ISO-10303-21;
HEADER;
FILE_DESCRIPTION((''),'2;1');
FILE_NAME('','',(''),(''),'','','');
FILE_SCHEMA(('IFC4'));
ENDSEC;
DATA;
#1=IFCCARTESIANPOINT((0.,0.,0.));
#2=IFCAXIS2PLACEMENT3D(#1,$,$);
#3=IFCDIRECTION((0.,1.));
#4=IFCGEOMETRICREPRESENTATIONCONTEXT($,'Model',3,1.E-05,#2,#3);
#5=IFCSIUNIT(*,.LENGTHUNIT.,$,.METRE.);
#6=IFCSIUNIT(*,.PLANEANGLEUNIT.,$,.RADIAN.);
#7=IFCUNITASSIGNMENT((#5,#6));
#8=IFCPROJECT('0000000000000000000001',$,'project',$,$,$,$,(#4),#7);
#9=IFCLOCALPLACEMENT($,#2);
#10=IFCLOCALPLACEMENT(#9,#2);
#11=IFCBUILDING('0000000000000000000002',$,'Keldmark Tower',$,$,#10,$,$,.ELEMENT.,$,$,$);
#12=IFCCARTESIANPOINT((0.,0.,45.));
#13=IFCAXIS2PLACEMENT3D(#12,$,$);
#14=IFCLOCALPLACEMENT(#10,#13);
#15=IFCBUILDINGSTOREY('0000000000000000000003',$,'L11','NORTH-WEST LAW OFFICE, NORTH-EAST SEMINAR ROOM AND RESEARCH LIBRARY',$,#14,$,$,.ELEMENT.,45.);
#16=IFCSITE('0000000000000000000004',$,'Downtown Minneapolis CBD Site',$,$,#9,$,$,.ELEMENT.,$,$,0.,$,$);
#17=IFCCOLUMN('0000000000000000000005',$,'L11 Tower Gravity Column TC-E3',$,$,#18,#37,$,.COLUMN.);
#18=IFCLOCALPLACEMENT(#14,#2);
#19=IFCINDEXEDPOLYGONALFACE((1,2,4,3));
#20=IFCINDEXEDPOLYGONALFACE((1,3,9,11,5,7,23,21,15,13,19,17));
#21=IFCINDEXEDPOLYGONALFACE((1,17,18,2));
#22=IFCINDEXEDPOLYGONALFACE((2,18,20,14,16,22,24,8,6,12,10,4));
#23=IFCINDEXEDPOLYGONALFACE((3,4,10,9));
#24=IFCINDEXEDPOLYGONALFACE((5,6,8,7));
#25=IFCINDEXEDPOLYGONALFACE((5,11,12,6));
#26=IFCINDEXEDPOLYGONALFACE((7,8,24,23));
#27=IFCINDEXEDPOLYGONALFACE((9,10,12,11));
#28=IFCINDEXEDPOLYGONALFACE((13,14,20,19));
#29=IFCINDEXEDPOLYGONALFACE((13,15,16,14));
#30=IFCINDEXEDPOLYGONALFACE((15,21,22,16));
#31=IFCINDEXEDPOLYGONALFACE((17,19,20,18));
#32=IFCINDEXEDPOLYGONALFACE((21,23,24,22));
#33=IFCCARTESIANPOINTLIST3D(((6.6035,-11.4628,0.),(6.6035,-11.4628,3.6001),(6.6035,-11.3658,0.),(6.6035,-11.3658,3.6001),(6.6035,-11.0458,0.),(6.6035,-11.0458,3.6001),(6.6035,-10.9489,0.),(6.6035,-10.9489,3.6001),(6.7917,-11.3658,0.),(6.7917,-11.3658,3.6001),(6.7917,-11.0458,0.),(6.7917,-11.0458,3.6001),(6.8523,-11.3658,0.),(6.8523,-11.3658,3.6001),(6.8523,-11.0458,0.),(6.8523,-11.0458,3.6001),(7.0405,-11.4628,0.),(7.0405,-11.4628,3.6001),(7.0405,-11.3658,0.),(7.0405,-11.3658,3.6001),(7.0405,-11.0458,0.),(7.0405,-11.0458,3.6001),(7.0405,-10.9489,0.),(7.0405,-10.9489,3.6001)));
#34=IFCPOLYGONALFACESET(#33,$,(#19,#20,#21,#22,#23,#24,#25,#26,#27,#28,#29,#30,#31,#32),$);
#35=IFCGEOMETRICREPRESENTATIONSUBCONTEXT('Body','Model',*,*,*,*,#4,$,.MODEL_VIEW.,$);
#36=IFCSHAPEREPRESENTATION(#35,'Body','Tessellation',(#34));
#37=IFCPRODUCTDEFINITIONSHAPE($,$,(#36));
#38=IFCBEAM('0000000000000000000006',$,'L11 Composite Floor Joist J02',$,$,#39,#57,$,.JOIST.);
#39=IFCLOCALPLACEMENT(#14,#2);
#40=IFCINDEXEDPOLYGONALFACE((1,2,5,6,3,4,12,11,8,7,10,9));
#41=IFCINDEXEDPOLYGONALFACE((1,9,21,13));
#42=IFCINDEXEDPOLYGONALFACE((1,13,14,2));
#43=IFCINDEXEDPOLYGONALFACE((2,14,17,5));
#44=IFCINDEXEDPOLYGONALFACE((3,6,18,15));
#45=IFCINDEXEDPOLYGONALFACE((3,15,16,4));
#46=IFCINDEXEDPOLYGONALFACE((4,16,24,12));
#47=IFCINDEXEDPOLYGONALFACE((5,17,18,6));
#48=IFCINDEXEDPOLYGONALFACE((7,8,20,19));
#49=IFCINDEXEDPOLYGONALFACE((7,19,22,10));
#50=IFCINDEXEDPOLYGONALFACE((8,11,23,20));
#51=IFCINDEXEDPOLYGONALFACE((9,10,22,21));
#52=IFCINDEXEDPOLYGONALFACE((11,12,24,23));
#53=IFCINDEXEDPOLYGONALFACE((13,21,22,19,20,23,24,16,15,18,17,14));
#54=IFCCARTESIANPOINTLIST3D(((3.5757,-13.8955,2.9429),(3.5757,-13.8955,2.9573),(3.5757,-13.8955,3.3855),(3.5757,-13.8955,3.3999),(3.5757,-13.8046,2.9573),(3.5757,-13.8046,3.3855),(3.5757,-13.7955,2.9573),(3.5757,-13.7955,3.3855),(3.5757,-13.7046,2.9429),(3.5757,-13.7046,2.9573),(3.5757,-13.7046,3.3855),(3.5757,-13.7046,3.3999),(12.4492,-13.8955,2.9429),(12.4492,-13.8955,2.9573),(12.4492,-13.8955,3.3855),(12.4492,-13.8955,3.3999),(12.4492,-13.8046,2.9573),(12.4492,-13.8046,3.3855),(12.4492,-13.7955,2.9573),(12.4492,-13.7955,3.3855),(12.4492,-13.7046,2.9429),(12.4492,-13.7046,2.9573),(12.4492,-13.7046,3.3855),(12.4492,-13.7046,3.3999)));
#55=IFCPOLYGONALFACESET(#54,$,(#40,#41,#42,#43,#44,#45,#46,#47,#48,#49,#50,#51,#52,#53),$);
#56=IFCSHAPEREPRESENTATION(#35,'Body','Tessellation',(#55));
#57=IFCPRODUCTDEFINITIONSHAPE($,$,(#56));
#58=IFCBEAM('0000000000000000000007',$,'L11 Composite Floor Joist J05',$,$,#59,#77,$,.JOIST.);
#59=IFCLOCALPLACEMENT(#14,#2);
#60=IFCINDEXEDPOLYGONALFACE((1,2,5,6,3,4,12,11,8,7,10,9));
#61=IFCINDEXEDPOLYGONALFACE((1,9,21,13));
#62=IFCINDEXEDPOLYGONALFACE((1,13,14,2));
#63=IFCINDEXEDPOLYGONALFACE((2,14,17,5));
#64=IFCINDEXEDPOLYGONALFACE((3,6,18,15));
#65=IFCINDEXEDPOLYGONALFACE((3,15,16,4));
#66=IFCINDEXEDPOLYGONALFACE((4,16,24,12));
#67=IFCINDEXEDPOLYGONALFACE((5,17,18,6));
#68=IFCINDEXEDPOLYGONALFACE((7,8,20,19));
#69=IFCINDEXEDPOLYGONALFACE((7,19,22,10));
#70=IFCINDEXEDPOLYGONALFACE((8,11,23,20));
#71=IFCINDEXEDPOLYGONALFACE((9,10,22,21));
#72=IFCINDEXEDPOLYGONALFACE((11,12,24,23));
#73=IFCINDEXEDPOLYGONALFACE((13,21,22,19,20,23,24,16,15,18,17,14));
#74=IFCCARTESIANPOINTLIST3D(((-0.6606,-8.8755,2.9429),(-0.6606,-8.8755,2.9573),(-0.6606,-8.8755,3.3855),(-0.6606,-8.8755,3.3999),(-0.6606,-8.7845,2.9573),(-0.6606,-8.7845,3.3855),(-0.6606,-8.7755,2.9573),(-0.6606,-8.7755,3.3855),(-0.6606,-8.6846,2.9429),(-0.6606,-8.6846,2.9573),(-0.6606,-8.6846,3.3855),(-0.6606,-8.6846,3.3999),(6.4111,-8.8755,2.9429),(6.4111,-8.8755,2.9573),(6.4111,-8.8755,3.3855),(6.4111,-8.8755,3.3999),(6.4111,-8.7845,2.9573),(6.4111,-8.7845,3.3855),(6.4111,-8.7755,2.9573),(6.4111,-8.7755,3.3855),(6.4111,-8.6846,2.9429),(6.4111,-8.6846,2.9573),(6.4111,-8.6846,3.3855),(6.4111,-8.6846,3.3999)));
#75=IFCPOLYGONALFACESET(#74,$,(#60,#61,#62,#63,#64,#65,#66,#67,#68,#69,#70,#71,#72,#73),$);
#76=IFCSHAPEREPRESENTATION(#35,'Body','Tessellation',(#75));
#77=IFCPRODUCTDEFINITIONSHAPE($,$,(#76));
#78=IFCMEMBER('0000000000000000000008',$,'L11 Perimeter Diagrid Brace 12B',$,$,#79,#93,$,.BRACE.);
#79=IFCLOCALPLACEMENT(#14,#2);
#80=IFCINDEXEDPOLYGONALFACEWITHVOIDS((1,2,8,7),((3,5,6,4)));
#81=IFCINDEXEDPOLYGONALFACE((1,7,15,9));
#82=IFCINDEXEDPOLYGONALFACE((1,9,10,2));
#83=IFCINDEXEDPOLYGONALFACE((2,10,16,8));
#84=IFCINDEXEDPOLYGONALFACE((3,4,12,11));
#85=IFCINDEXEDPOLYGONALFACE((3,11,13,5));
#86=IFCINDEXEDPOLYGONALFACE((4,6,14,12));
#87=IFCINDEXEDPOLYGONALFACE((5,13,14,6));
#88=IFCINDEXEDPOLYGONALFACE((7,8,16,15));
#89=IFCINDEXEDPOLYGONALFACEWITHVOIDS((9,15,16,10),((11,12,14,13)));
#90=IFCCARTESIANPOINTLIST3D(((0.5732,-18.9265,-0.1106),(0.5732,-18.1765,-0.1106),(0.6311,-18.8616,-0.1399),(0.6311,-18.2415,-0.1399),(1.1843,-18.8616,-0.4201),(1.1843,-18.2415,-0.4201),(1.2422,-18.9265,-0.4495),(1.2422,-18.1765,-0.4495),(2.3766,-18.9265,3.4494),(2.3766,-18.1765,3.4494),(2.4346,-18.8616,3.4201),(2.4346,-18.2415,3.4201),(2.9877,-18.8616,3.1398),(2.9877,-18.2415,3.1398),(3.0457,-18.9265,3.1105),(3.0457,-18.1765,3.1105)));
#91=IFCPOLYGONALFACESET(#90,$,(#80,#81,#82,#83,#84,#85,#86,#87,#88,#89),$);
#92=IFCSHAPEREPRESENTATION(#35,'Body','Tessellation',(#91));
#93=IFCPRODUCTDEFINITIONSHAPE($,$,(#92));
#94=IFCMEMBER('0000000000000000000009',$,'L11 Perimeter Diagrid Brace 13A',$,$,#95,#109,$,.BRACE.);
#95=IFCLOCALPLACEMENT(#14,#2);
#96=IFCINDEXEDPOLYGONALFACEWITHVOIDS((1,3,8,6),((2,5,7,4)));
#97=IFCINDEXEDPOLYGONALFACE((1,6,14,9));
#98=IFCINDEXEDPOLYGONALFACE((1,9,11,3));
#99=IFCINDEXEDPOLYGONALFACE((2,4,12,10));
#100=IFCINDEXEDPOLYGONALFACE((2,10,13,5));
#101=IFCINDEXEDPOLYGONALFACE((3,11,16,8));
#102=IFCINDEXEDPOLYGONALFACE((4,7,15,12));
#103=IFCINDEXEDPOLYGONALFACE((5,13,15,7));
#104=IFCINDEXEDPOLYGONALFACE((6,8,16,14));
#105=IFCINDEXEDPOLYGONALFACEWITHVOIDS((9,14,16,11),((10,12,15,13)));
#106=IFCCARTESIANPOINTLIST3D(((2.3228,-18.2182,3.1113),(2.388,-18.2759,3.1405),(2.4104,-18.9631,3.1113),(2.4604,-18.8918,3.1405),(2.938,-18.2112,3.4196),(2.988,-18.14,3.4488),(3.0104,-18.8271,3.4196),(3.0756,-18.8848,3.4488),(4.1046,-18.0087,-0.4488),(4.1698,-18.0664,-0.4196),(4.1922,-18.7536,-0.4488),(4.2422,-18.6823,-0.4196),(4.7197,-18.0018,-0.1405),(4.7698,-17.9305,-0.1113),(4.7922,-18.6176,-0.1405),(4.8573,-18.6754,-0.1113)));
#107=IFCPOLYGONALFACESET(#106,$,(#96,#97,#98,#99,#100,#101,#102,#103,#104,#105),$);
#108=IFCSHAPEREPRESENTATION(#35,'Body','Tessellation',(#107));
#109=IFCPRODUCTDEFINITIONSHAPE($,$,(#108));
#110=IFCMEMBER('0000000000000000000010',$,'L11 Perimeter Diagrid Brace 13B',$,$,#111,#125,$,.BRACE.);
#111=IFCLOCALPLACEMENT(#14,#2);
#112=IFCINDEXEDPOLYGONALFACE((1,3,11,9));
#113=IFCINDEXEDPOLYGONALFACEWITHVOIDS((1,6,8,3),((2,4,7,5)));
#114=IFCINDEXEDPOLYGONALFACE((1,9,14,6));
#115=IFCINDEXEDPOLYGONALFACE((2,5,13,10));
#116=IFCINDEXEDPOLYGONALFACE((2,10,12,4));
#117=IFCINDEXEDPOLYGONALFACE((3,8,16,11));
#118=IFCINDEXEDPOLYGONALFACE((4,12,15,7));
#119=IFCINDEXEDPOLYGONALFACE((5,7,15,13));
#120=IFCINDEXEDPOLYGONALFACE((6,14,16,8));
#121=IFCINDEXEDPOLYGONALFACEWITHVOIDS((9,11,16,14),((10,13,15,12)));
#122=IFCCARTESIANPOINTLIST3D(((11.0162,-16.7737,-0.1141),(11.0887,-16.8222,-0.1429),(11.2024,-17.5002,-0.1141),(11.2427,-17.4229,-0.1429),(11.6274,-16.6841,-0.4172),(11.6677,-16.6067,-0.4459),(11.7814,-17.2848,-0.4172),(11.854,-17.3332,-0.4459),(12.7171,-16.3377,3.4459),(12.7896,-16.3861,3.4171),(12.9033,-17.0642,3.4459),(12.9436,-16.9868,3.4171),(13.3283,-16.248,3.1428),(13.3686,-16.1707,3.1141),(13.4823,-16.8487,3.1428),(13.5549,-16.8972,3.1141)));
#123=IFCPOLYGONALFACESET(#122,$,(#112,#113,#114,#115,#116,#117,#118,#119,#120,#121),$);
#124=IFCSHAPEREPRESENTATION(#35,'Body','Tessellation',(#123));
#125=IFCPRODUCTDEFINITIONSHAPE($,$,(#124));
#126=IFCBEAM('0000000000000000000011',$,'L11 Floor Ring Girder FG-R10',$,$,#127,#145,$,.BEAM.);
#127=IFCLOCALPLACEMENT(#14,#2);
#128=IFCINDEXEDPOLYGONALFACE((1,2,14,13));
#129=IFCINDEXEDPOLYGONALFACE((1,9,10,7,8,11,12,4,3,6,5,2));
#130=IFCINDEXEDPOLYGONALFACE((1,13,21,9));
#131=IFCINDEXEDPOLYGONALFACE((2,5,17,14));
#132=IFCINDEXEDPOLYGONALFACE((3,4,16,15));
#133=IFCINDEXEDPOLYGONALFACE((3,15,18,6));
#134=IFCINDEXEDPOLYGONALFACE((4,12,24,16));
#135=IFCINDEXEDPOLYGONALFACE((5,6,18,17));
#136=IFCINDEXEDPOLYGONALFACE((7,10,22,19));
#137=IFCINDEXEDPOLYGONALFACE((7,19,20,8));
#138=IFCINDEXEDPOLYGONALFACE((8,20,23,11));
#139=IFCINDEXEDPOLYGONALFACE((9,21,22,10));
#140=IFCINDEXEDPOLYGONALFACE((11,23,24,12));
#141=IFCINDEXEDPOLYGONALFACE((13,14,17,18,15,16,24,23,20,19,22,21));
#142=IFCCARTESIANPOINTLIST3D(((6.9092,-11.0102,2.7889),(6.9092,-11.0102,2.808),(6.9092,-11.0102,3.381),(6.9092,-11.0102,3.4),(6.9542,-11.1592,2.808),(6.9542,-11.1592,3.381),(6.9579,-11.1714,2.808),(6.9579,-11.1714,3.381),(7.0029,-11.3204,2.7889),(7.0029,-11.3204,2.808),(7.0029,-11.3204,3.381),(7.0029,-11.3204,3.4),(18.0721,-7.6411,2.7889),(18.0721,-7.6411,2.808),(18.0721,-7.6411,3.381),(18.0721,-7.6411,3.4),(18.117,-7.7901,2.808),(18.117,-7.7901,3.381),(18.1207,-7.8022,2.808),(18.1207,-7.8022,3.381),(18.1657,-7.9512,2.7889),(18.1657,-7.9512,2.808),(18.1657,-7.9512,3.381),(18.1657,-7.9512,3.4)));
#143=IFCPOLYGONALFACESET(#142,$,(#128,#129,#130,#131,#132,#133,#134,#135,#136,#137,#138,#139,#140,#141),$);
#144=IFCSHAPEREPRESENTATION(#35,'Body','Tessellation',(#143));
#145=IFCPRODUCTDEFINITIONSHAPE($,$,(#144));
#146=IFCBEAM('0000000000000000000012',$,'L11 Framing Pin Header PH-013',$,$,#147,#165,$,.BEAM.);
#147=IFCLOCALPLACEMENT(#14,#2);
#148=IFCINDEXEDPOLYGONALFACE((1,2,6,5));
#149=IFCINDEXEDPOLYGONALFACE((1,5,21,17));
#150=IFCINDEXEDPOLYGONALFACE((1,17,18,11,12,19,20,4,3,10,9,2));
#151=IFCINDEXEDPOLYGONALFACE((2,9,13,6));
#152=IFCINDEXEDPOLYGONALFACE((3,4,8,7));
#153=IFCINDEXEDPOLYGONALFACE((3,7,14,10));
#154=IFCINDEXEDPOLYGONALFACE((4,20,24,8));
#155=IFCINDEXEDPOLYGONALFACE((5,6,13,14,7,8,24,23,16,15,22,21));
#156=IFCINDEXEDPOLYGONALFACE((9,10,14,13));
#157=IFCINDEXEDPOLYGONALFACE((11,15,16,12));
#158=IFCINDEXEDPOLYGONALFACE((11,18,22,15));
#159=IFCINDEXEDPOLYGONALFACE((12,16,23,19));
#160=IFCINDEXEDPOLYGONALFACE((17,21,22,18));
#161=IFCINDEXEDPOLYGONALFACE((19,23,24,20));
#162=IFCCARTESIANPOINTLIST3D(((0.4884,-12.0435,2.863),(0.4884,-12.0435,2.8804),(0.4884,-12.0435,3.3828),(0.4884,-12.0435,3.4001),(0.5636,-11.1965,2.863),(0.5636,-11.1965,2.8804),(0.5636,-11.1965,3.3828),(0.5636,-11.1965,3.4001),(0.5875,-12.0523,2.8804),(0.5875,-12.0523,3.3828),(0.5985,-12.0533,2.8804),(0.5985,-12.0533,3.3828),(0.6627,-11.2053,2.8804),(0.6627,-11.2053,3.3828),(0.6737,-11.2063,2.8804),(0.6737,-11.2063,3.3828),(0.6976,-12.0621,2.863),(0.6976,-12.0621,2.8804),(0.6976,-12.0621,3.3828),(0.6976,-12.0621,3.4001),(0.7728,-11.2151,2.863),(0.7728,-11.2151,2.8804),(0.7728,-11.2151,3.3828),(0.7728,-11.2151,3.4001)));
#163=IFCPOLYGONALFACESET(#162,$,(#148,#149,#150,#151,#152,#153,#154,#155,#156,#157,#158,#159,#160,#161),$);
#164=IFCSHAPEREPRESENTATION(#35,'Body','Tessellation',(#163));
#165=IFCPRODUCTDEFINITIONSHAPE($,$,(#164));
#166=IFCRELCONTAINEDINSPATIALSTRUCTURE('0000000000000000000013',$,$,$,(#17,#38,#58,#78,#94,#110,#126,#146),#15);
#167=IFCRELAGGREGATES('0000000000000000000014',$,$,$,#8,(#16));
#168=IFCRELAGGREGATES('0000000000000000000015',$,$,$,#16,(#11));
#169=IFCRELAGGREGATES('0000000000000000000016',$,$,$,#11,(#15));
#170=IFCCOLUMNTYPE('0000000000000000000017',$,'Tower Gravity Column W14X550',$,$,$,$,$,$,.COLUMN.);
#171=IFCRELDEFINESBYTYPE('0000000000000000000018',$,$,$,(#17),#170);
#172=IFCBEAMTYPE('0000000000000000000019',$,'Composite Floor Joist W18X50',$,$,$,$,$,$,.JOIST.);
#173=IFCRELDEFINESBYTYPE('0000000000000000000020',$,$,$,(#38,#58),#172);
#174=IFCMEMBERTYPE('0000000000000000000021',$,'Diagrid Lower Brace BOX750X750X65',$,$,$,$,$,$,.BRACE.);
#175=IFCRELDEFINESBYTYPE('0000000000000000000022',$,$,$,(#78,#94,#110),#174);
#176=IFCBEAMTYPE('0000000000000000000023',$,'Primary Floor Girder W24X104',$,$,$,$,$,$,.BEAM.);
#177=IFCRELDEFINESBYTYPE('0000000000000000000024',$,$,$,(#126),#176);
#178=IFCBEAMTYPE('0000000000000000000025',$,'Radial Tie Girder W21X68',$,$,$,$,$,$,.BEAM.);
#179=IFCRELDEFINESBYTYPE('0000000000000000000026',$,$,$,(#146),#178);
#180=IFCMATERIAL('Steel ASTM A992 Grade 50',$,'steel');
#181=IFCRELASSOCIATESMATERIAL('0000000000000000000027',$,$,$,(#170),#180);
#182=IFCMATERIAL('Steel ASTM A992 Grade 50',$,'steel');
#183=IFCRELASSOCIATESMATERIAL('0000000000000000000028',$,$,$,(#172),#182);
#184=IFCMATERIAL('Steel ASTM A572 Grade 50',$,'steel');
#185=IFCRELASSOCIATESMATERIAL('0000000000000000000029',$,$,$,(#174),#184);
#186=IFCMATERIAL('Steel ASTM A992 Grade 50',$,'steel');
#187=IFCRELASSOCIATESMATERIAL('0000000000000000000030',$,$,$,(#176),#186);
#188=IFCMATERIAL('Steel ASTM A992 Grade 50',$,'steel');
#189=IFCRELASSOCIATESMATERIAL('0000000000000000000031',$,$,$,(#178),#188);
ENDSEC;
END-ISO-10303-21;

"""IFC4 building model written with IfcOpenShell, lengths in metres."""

from ifc_helpers import new_model, si_unit, direction, frame, origin, origin_2d, place, context, subcontext, project, spatial, hollow_rectangle, i_section, extrude, material, material_profile, profile_set, type_object, element, save


model = new_model("IFC4")

# Units and contexts
model_context = context("Model", 3, precision=1e-05, world=origin(), true_north=direction((0.0, 1.0)))
body_context = subcontext(model_context, "Body", "Model", "MODEL_VIEW")
ifc_project = project(units=[si_unit("LENGTHUNIT", "METRE"), si_unit("PLANEANGLEUNIT", "RADIAN")], contexts=[model_context])

# Site, building, storey
site_placement = place(None, origin())
site = spatial("IfcSite", under=ifc_project, at=site_placement, Name="Downtown Minneapolis CBD Site", CompositionType="ELEMENT", RefElevation=0.0)
building_placement = place(site_placement, origin())
building = spatial("IfcBuilding", under=site, at=building_placement, Name="Keldmark Tower", CompositionType="ELEMENT")
storey_placement = place(building_placement, frame((0.0, 0.0, 45.0)))
storey = spatial("IfcBuildingStorey", under=building, at=storey_placement, Name="L11", Description="NORTH-WEST LAW OFFICE, NORTH-EAST SEMINAR ROOM AND RESEARCH LIBRARY", CompositionType="ELEMENT", Elevation=45.0)

# Column
ifc_material_1 = material(Name="Steel ASTM A992 Grade 50", Category="steel")
ifc_material_profile_1 = material_profile(ifc_material_1, i_section(OverallWidth=0.437, OverallDepth=0.5139, WebThickness=0.0605, FlangeThickness=0.0969, at=origin_2d()), Name="W14X550")
ifc_profile_set_1 = profile_set([ifc_material_profile_1], Name="Steel ASTM A992 Grade 50")
column_type = type_object("IfcColumnType", Name="Tower Gravity Column W14X550", PredefinedType="COLUMN", material=ifc_profile_set_1)
column_placement = place(storey_placement, frame((6.822, -11.2058, 0.0), z_axis=(0.0, 0.0, 1.0), x_axis=(1.0, 0.0, 0.0)))
element("IfcColumn", 1, at=column_placement, inside=storey, type_object=column_type, Name="L11 Tower Gravity Column TC-E3", PredefinedType="COLUMN", context=body_context, shape_type="SweptSolid", body=[
    extrude(i_section(OverallWidth=0.437, OverallDepth=0.5139, WebThickness=0.0605, FlangeThickness=0.0969, at=origin_2d()), origin(), (0.0, 0.0, 1.0), 3.6001),
])

# Beams
ifc_material_2 = material(Name="Steel ASTM A992 Grade 50", Category="steel")
ifc_material_profile_2 = material_profile(ifc_material_2, i_section(OverallWidth=0.1909, OverallDepth=0.457, WebThickness=0.009, FlangeThickness=0.0144, at=origin_2d()), Name="W18X50")
ifc_profile_set_2 = profile_set([ifc_material_profile_2], Name="Steel ASTM A992 Grade 50")
beam_type_1 = type_object("IfcBeamType", Name="Composite Floor Joist W18X50", PredefinedType="JOIST", material=ifc_profile_set_2)
beam_1_placement = place(storey_placement, frame((3.5757, -13.8, 3.1714), z_axis=(1.0, 0.0, 0.0), x_axis=(0.0, 1.0, 0.0)))
element("IfcBeam", 2, at=beam_1_placement, inside=storey, type_object=beam_type_1, Name="L11 Composite Floor Joist J02", PredefinedType="JOIST", context=body_context, shape_type="SweptSolid", body=[
    extrude(i_section(OverallWidth=0.1909, OverallDepth=0.457, WebThickness=0.009, FlangeThickness=0.0144, at=origin_2d()), origin(), (0.0, 0.0, 1.0), 8.8735),
])
beam_2_placement = place(storey_placement, frame((-0.6606, -8.78, 3.1714), z_axis=(1.0, 0.0, 0.0), x_axis=(0.0, 1.0, 0.0)))
element("IfcBeam", 3, at=beam_2_placement, inside=storey, type_object=beam_type_1, Name="L11 Composite Floor Joist J05", PredefinedType="JOIST", context=body_context, shape_type="SweptSolid", body=[
    extrude(i_section(OverallWidth=0.1909, OverallDepth=0.457, WebThickness=0.009, FlangeThickness=0.0144, at=origin_2d()), origin(), (0.0, 0.0, 1.0), 7.0718),
])

# Members
ifc_material_3 = material(Name="Steel ASTM A572 Grade 50", Category="steel")
ifc_material_profile_3 = material_profile(ifc_material_3, hollow_rectangle(XDim=0.75, YDim=0.75, WallThickness=0.0649, at=origin_2d()), Name="BOX750X750X65")
ifc_profile_set_3 = profile_set([ifc_material_profile_3], Name="Steel ASTM A572 Grade 50")
member_type = type_object("IfcMemberType", Name="Diagrid Lower Brace BOX750X750X65", PredefinedType="BRACE", material=ifc_profile_set_3)
member_1_placement = place(storey_placement, frame((0.9077, -18.5515, -0.28), z_axis=(0.451906, 0.0, 0.892066), x_axis=(0.0, 1.0, 0.0)))
element("IfcMember", 4, at=member_1_placement, inside=storey, type_object=member_type, Name="L11 Perimeter Diagrid Brace 12B", PredefinedType="BRACE", context=body_context, shape_type="SweptSolid", body=[
    extrude(hollow_rectangle(XDim=0.75, YDim=0.75, WallThickness=0.0649, at=origin_2d()), origin(), (0.0, 0.0, 1.0), 3.9907),
])
member_2_placement = place(storey_placement, frame((4.481, -18.342, -0.28), z_axis=(-0.446939, -0.052545, 0.89302), x_axis=(0.116762, -0.99316, 0.0)))
element("IfcMember", 5, at=member_2_placement, inside=storey, type_object=member_type, Name="L11 Perimeter Diagrid Brace 13A", PredefinedType="BRACE", context=body_context, shape_type="SweptSolid", body=[
    extrude(hollow_rectangle(XDim=0.75, YDim=0.75, WallThickness=0.0649, at=origin_2d()), origin(), (0.0, 0.0, 1.0), 3.9866),
])
member_3_placement = place(storey_placement, frame((11.4351, -17.0535, -0.28), z_axis=(0.428494, 0.109845, 0.896843), x_axis=(-0.248322, 0.968678, 0.0)))
element("IfcMember", 6, at=member_3_placement, inside=storey, type_object=member_type, Name="L11 Perimeter Diagrid Brace 13B", PredefinedType="BRACE", context=body_context, shape_type="SweptSolid", body=[
    extrude(hollow_rectangle(XDim=0.75, YDim=0.75, WallThickness=0.0649, at=origin_2d()), origin(), (0.0, 0.0, 1.0), 3.9695),
])

# Beams
ifc_material_4 = material(Name="Steel ASTM A992 Grade 50", Category="steel")
ifc_material_profile_4 = material_profile(ifc_material_4, i_section(OverallWidth=0.324, OverallDepth=0.6111, WebThickness=0.0127, FlangeThickness=0.019, at=origin_2d()), Name="W24X104")
ifc_profile_set_4 = profile_set([ifc_material_profile_4], Name="Steel ASTM A992 Grade 50")
beam_type_2 = type_object("IfcBeamType", Name="Primary Floor Girder W24X104", PredefinedType="BEAM", material=ifc_profile_set_4)
beam_3_placement = place(storey_placement, frame((6.9561, -11.1653, 3.0945), z_axis=(0.957346, 0.288944, 0.0), x_axis=(-0.288944, 0.957346, 0.0)))
element("IfcBeam", 7, at=beam_3_placement, inside=storey, type_object=beam_type_2, Name="L11 Floor Ring Girder FG-R10", PredefinedType="BEAM", context=body_context, shape_type="SweptSolid", body=[
    extrude(i_section(OverallWidth=0.324, OverallDepth=0.6111, WebThickness=0.0127, FlangeThickness=0.019, at=origin_2d()), origin(), (0.0, 0.0, 1.0), 11.6602),
])
ifc_material_5 = material(Name="Steel ASTM A992 Grade 50", Category="steel")
ifc_material_profile_5 = material_profile(ifc_material_5, i_section(OverallWidth=0.21, OverallDepth=0.5371, WebThickness=0.011, FlangeThickness=0.0173, at=origin_2d()), Name="W21X68")
ifc_profile_set_5 = profile_set([ifc_material_profile_5], Name="Steel ASTM A992 Grade 50")
beam_type_3 = type_object("IfcBeamType", Name="Radial Tie Girder W21X68", PredefinedType="BEAM", material=ifc_profile_set_5)
beam_4_placement = place(storey_placement, frame((0.6682, -11.2058, 3.1316), z_axis=(-0.088438, -0.996082, 0.0), x_axis=(0.996082, -0.088438, 0.0)))
element("IfcBeam", 8, at=beam_4_placement, inside=storey, type_object=beam_type_3, Name="L11 Framing Pin Header PH-013", PredefinedType="BEAM", context=body_context, shape_type="SweptSolid", body=[
    extrude(i_section(OverallWidth=0.21, OverallDepth=0.5371, WebThickness=0.011, FlangeThickness=0.0173, at=origin_2d()), origin(), (0.0, 0.0, 1.0), 0.8503),
])

save(model, "model.ifc")
